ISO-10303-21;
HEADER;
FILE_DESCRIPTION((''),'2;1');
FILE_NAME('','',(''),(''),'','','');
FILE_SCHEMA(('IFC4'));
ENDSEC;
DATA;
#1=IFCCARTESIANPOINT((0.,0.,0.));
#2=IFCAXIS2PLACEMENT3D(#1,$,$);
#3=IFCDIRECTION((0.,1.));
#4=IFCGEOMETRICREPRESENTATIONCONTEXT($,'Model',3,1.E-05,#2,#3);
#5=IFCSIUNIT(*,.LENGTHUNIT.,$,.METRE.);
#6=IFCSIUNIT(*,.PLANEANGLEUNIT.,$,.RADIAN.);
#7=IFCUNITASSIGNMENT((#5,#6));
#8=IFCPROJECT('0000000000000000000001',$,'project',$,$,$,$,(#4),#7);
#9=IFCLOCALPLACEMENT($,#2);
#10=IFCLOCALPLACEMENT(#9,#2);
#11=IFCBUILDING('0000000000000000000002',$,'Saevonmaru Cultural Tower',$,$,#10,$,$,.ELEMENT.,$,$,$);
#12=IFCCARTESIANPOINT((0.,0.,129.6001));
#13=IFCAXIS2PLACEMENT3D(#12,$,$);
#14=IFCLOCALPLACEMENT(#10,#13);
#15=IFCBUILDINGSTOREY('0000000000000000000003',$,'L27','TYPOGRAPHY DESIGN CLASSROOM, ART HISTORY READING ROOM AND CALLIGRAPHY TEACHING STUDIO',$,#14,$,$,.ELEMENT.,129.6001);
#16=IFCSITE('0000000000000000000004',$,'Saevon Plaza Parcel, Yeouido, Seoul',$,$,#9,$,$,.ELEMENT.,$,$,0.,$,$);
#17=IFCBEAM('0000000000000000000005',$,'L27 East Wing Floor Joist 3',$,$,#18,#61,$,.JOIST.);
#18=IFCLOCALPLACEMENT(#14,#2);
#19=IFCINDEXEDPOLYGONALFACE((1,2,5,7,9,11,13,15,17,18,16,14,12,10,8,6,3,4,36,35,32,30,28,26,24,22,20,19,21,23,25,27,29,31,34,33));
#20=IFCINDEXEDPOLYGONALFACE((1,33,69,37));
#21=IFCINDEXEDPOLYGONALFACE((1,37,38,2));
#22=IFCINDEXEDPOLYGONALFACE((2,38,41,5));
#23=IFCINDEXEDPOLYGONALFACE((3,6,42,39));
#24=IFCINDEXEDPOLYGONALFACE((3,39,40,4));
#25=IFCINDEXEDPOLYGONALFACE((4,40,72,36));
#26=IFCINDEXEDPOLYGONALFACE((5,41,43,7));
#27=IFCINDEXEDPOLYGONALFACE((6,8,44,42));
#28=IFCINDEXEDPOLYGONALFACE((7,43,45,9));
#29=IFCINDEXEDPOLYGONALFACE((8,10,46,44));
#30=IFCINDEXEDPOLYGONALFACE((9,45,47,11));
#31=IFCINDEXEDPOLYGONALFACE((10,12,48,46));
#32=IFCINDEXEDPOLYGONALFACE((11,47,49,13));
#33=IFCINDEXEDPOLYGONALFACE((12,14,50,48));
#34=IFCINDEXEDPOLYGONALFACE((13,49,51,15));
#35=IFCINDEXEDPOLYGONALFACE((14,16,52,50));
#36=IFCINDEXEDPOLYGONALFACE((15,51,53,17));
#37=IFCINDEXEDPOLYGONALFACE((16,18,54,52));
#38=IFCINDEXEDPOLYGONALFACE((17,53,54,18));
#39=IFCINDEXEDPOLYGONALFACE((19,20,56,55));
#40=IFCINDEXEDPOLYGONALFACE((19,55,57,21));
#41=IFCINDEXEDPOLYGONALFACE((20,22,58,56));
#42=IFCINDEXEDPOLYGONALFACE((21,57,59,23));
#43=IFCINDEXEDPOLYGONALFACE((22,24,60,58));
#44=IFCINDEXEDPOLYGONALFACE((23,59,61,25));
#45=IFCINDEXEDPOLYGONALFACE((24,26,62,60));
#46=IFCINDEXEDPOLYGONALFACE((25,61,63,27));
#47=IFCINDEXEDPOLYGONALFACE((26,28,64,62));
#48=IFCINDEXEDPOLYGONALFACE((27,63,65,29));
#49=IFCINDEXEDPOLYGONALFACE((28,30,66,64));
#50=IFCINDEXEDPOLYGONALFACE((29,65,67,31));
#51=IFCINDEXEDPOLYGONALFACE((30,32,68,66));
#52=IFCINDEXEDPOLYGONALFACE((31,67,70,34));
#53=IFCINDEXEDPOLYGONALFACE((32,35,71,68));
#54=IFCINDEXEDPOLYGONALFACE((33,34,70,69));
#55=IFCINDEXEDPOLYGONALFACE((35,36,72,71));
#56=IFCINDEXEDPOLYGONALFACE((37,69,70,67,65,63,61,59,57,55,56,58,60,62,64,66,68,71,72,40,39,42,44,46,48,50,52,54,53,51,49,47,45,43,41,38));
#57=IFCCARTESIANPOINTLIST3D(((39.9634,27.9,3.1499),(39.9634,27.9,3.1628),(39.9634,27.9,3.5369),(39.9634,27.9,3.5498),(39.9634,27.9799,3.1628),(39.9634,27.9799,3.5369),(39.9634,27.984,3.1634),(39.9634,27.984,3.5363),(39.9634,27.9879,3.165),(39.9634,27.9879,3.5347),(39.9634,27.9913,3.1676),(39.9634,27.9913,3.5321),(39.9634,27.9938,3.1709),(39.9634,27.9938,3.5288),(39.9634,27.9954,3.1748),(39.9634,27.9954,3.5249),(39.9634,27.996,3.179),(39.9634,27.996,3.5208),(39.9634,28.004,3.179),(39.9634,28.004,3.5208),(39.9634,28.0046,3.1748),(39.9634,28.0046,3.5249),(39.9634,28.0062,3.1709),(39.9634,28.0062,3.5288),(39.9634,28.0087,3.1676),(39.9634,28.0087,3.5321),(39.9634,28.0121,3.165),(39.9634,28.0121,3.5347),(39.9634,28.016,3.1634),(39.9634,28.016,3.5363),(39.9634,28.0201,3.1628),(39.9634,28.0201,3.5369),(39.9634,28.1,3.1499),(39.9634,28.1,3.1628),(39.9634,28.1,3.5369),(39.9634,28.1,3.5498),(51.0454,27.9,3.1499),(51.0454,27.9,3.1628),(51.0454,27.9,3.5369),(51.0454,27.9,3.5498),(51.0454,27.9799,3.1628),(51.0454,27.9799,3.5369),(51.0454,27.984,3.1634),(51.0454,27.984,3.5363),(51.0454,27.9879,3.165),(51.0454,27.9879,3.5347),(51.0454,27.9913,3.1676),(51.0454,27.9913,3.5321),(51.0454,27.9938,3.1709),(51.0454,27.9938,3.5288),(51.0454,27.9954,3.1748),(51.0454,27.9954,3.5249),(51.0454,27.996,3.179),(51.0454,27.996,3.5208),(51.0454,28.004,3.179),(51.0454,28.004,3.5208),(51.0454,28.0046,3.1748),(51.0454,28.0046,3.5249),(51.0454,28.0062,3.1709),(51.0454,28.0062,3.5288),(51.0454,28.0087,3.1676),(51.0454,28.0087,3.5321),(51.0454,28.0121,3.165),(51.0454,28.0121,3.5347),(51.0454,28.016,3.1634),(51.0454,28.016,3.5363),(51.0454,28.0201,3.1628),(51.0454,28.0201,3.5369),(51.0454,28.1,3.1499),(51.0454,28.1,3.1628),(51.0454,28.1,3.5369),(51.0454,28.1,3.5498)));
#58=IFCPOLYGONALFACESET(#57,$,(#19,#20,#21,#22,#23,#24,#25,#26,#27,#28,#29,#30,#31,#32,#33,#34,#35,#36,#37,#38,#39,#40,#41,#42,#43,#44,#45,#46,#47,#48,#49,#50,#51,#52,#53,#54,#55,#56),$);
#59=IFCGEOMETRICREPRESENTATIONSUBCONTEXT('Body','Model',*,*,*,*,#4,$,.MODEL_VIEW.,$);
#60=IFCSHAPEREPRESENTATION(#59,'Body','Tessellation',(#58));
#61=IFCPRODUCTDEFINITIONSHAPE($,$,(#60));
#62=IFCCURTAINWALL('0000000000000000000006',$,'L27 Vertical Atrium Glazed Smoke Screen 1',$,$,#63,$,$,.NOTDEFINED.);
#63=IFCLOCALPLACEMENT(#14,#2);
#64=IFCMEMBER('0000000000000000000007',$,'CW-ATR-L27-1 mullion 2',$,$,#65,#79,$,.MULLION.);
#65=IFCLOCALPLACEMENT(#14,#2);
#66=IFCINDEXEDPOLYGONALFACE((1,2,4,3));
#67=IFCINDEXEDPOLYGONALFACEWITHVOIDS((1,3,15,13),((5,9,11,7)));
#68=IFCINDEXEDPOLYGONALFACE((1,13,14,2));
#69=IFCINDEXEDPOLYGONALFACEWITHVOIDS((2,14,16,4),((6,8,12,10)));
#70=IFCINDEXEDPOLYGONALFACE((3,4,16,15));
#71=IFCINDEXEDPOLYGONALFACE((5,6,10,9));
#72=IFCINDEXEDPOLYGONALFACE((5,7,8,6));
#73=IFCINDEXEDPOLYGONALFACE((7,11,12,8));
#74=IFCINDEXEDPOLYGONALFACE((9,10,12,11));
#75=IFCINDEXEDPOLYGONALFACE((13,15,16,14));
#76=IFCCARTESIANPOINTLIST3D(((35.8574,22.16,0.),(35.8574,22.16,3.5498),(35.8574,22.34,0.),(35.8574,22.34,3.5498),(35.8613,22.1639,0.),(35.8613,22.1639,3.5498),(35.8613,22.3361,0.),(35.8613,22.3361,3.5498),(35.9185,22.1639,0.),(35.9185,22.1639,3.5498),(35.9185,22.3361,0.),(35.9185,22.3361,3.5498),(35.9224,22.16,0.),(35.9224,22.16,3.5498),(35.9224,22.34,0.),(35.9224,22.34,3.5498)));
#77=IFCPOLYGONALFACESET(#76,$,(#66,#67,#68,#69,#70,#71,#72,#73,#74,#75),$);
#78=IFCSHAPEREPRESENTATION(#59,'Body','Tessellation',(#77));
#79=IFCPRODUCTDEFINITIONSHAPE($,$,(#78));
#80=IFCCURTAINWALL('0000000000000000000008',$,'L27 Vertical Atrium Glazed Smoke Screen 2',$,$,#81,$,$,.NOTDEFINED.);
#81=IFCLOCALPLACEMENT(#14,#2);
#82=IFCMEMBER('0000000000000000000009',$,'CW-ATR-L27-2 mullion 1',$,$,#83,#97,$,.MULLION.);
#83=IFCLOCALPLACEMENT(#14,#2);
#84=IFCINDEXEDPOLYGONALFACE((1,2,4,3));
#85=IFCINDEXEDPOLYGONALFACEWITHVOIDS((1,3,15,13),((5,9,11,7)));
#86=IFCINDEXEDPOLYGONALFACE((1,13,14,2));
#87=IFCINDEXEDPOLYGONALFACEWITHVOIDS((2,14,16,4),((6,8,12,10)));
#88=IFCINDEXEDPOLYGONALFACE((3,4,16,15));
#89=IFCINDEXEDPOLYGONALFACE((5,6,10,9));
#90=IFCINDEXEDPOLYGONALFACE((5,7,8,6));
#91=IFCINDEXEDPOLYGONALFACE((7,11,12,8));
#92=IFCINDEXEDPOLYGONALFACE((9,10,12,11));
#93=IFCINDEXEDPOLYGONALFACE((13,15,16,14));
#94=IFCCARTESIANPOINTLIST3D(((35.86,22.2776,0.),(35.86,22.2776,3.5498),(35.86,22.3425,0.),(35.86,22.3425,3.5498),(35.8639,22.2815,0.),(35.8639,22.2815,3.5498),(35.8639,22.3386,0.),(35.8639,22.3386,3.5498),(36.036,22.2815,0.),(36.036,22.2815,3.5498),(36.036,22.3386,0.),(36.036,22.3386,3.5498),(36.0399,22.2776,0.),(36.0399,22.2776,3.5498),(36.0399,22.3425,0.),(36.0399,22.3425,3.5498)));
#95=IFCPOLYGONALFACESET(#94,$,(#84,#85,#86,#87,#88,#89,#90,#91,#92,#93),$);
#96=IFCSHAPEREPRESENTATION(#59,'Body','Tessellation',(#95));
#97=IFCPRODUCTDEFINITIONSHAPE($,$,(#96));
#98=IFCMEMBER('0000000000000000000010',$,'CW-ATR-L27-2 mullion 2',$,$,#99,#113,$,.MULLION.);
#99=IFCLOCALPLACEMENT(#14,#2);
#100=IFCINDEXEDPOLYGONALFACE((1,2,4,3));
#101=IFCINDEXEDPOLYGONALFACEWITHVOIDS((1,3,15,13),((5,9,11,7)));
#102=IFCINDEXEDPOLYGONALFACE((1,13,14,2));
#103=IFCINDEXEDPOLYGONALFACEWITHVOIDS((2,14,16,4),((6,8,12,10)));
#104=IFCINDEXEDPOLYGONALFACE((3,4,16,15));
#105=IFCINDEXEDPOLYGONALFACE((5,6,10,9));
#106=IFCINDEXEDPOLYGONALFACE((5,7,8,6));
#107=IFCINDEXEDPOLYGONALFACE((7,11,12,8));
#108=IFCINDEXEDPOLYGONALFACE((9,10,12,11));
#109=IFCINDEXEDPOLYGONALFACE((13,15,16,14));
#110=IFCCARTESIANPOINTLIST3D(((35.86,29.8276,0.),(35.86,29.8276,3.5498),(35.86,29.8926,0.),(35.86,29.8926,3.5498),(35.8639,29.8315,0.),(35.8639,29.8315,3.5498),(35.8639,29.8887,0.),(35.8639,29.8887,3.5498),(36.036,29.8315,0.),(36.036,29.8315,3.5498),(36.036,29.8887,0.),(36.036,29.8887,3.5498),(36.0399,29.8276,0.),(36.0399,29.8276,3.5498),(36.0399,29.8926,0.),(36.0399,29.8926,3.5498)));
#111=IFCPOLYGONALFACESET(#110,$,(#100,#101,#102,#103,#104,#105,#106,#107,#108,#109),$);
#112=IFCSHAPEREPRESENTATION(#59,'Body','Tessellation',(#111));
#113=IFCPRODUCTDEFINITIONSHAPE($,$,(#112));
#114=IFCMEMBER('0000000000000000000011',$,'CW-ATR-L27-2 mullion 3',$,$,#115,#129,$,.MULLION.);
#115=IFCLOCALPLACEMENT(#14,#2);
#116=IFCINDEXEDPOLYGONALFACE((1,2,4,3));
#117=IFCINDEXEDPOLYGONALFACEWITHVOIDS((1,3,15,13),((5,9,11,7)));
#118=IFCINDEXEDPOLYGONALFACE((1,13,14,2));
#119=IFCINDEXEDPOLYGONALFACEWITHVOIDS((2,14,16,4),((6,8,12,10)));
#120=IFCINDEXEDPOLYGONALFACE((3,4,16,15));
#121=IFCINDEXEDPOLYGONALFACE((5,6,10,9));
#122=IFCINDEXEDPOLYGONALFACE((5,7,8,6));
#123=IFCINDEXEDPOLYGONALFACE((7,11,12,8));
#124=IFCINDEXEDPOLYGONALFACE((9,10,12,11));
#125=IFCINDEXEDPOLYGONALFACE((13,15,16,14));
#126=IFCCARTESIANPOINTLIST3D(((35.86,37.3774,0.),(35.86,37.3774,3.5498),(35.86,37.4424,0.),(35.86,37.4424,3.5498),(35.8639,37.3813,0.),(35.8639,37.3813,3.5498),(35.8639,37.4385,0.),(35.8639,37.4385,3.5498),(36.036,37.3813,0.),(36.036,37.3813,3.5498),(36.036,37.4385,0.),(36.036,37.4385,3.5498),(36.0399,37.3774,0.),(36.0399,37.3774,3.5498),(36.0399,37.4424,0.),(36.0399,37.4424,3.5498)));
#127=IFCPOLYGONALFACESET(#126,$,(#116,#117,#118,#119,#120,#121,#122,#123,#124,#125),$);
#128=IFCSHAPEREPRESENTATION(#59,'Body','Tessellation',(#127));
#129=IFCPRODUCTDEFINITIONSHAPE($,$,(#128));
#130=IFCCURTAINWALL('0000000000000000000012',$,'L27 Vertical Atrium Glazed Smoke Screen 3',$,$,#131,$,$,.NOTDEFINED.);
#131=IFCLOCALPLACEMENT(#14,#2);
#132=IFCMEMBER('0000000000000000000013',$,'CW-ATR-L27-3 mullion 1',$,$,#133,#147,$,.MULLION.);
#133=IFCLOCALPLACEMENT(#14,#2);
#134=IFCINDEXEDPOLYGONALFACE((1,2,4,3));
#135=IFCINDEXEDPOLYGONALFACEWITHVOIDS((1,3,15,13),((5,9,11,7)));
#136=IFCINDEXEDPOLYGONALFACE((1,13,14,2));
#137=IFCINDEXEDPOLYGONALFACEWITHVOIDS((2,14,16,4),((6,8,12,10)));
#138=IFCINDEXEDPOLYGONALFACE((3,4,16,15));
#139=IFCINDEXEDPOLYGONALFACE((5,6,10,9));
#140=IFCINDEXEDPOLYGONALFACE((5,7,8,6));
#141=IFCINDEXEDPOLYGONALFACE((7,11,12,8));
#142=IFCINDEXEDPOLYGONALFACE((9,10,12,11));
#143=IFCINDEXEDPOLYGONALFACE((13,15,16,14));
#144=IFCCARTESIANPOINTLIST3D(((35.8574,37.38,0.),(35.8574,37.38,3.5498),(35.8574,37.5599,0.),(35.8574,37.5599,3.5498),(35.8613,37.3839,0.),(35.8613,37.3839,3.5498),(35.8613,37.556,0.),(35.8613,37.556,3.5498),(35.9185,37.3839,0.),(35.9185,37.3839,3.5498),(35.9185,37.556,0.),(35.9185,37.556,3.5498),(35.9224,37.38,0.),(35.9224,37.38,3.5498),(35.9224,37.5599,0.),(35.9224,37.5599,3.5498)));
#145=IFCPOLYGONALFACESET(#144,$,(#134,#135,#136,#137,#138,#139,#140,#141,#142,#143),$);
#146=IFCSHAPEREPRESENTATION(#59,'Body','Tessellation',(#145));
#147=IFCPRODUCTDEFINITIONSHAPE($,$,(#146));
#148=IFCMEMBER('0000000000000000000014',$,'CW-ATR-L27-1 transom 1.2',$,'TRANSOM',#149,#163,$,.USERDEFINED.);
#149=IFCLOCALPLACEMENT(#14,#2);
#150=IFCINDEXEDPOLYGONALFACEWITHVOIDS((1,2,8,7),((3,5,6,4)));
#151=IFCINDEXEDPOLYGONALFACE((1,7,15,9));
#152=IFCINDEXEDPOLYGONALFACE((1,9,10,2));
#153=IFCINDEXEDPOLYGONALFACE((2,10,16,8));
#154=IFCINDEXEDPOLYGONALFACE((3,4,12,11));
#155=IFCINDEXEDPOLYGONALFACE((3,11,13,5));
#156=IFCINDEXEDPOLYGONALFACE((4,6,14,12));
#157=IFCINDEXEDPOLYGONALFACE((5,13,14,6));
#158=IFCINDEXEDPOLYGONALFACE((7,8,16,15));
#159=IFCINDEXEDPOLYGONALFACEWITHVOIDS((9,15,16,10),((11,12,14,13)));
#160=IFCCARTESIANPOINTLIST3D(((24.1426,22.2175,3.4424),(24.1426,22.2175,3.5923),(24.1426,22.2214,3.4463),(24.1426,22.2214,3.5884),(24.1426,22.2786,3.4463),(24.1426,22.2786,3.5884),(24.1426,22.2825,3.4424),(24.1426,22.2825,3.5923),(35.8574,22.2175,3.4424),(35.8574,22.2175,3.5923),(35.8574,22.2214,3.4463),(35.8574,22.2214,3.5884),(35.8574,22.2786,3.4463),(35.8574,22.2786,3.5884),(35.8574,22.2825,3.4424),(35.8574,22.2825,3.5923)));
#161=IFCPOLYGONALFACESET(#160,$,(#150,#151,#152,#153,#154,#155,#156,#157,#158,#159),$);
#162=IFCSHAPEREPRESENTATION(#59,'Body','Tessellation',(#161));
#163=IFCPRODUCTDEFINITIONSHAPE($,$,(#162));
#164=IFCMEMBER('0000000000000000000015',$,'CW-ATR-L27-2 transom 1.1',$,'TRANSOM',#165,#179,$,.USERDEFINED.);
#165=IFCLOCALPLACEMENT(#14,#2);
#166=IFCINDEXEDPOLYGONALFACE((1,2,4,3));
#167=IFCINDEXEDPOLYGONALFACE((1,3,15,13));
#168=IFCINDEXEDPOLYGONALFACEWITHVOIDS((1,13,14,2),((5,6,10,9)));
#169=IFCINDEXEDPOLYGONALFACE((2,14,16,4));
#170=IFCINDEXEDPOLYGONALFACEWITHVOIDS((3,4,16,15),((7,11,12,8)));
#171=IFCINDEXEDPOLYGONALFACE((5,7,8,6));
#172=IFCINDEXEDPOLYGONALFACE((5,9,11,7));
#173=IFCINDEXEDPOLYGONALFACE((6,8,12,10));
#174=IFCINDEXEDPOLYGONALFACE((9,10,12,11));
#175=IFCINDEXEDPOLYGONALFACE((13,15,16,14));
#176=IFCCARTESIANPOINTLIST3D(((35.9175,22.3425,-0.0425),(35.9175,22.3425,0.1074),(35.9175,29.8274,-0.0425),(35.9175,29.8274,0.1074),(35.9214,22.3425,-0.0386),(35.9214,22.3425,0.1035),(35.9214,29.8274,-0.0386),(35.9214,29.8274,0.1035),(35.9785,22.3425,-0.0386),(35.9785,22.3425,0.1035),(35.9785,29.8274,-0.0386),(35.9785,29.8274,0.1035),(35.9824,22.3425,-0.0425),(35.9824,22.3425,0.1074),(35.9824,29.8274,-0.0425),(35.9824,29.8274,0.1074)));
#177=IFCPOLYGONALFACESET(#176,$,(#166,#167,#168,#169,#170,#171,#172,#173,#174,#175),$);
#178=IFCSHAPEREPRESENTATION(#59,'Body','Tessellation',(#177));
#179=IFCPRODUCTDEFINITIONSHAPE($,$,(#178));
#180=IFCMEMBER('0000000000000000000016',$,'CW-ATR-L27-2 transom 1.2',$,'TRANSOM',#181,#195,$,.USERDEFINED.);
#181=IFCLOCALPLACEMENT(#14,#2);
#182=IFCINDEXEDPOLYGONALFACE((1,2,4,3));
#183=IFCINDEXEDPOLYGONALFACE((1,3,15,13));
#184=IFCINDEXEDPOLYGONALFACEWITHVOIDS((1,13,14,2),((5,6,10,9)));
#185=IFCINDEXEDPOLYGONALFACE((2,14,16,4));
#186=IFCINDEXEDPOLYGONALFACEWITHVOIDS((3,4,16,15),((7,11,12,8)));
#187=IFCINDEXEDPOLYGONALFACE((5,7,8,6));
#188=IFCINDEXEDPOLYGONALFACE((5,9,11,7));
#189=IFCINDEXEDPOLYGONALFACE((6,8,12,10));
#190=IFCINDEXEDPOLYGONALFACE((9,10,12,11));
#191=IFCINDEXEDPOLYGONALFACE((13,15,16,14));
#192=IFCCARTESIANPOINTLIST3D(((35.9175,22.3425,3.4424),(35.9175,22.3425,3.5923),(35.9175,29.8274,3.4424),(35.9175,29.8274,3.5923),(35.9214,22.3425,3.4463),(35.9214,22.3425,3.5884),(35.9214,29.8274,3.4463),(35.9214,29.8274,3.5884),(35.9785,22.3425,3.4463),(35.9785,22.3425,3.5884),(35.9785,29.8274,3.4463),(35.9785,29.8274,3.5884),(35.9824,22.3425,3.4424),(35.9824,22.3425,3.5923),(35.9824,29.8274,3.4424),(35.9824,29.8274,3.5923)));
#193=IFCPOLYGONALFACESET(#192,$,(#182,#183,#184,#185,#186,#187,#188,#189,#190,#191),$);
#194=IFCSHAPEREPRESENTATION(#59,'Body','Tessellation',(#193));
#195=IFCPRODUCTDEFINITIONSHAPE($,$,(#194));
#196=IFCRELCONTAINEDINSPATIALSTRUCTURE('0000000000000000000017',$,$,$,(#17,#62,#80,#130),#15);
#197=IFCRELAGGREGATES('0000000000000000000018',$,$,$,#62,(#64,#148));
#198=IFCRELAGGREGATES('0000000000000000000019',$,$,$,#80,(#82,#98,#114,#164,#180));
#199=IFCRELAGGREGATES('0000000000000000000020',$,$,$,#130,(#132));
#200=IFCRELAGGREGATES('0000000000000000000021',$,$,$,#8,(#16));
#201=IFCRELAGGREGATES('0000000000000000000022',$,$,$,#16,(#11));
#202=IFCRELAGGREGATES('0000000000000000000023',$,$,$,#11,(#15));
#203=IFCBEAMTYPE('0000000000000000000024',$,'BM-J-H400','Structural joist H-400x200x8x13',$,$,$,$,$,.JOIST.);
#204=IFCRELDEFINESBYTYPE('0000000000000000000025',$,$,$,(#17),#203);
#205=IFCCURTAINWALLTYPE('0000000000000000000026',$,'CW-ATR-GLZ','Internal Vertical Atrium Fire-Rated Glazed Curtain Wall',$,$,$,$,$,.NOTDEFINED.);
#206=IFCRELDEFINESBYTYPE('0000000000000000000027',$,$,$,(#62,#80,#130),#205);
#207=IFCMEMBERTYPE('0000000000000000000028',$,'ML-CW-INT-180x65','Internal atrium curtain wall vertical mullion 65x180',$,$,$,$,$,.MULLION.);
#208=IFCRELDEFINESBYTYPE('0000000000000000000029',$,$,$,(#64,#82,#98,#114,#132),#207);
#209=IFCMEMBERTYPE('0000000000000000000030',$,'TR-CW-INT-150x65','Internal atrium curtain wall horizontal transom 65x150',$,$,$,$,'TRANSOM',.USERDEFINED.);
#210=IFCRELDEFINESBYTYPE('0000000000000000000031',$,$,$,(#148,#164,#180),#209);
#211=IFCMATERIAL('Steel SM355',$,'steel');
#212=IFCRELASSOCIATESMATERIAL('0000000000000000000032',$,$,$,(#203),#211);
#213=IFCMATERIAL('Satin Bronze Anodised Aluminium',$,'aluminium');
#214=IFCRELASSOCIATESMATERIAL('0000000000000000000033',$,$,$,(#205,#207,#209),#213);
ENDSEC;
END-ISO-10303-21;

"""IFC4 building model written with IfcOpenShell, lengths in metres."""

from ifc_helpers import new_model, si_unit, direction, frame, origin, origin_2d, place, context, subcontext, project, spatial, hollow_rectangle, i_section, extrude, material, material_profile, profile_set, type_object, element, aggregate, save


model = new_model("IFC4")

# Units and contexts
model_context = context("Model", 3, precision=1e-05, world=origin(), true_north=direction((0.0, 1.0)))
body_context = subcontext(model_context, "Body", "Model", "MODEL_VIEW")
ifc_project = project(units=[si_unit("LENGTHUNIT", "METRE"), si_unit("PLANEANGLEUNIT", "RADIAN")], contexts=[model_context])

# Site, building, storey
site_placement = place(None, origin())
site = spatial("IfcSite", under=ifc_project, at=site_placement, Name="Saevon Plaza Parcel, Yeouido, Seoul", CompositionType="ELEMENT", RefElevation=0.0)
building_placement = place(site_placement, origin())
building = spatial("IfcBuilding", under=site, at=building_placement, Name="Saevonmaru Cultural Tower", CompositionType="ELEMENT")
storey_placement = place(building_placement, frame((0.0, 0.0, 129.6001)))
storey = spatial("IfcBuildingStorey", under=building, at=storey_placement, Name="L27", Description="TYPOGRAPHY DESIGN CLASSROOM, ART HISTORY READING ROOM AND CALLIGRAPHY TEACHING STUDIO", CompositionType="ELEMENT", Elevation=129.6001)

# Shared definitions
ifc_material_1 = material(Name="Steel SM355", Category="steel")

# Beam
ifc_material_profile_1 = material_profile(ifc_material_1, i_section(OverallWidth=0.2, OverallDepth=0.3999, WebThickness=0.0081, FlangeThickness=0.0129, FilletRadius=0.0161, at=origin_2d()), Name="H-400x200x8x13")
ifc_profile_set_1 = profile_set([ifc_material_profile_1], Name="Steel SM355")
beam_type_1 = type_object("IfcBeamType", Name="BM-J-H400", Description="Structural joist H-400x200x8x13", PredefinedType="JOIST", material=ifc_profile_set_1)
beam_1_placement = place(storey_placement, frame((39.9634, 28.0, 3.3499), z_axis=(1.0, 0.0, 0.0), x_axis=(0.0, 1.0, 0.0)))
element("IfcBeam", 1, at=beam_1_placement, inside=storey, type_object=beam_type_1, Name="L27 East Wing Floor Joist 3", PredefinedType="JOIST", context=body_context, shape_type="SweptSolid", body=[
    extrude(i_section(OverallWidth=0.2, OverallDepth=0.3999, WebThickness=0.0081, FlangeThickness=0.0129, FilletRadius=0.0161, at=origin_2d()), origin(), (0.0, 0.0, 1.0), 11.082),
])

# Curtain wall, member
ifc_material_2 = material(Name="Satin Bronze Anodised Aluminium", Category="aluminium")
curtain_wall_type = type_object("IfcCurtainWallType", Name="CW-ATR-GLZ", Description="Internal Vertical Atrium Fire-Rated Glazed Curtain Wall", PredefinedType="NOTDEFINED", material=ifc_material_2)
curtain_wall_1_placement = place(storey_placement, origin())
curtain_wall_1 = element("IfcCurtainWall", 2, at=curtain_wall_1_placement, inside=storey, type_object=curtain_wall_type, Name="L27 Vertical Atrium Glazed Smoke Screen 1", PredefinedType="NOTDEFINED")
ifc_material_profile_2 = material_profile(ifc_material_2, hollow_rectangle(XDim=0.0649, YDim=0.1799, WallThickness=0.0039, at=origin_2d()), Name="ALU-MULL-180x65x4")
ifc_profile_set_2 = profile_set([ifc_material_profile_2], Name="Satin Bronze Anodised Aluminium")
member_type_1 = type_object("IfcMemberType", Name="ML-CW-INT-180x65", Description="Internal atrium curtain wall vertical mullion 65x180", PredefinedType="MULLION", material=ifc_profile_set_2)
member_1_placement = place(storey_placement, frame((35.8899, 22.25, 0.0), z_axis=(0.0, 0.0, 1.0), x_axis=(1.0, 0.0, 0.0)))
member_1 = element("IfcMember", 3, at=member_1_placement, type_object=member_type_1, Name="CW-ATR-L27-1 mullion 2", PredefinedType="MULLION", context=body_context, shape_type="SweptSolid", body=[
    extrude(hollow_rectangle(XDim=0.0649, YDim=0.1799, WallThickness=0.0039, at=origin_2d()), origin(), (0.0, 0.0, 1.0), 3.5498),
])

# Curtain wall, members
curtain_wall_2_placement = place(storey_placement, origin())
curtain_wall_2 = element("IfcCurtainWall", 4, at=curtain_wall_2_placement, inside=storey, type_object=curtain_wall_type, Name="L27 Vertical Atrium Glazed Smoke Screen 2", PredefinedType="NOTDEFINED")
member_2_placement = place(storey_placement, frame((35.95, 22.3101, 0.0), z_axis=(0.0, 0.0, 1.0), x_axis=(0.0, 1.0, 0.0)))
member_2 = element("IfcMember", 5, at=member_2_placement, type_object=member_type_1, Name="CW-ATR-L27-2 mullion 1", PredefinedType="MULLION", context=body_context, shape_type="SweptSolid", body=[
    extrude(hollow_rectangle(XDim=0.0649, YDim=0.1799, WallThickness=0.0039, at=origin_2d()), origin(), (0.0, 0.0, 1.0), 3.5498),
])
member_3_placement = place(storey_placement, frame((35.95, 29.8601, 0.0), z_axis=(0.0, 0.0, 1.0), x_axis=(0.0, 1.0, 0.0)))
member_3 = element("IfcMember", 6, at=member_3_placement, type_object=member_type_1, Name="CW-ATR-L27-2 mullion 2", PredefinedType="MULLION", context=body_context, shape_type="SweptSolid", body=[
    extrude(hollow_rectangle(XDim=0.0649, YDim=0.1799, WallThickness=0.0039, at=origin_2d()), origin(), (0.0, 0.0, 1.0), 3.5498),
])
member_4_placement = place(storey_placement, frame((35.95, 37.4099, 0.0), z_axis=(0.0, 0.0, 1.0), x_axis=(0.0, 1.0, 0.0)))
member_4 = element("IfcMember", 7, at=member_4_placement, type_object=member_type_1, Name="CW-ATR-L27-2 mullion 3", PredefinedType="MULLION", context=body_context, shape_type="SweptSolid", body=[
    extrude(hollow_rectangle(XDim=0.0649, YDim=0.1799, WallThickness=0.0039, at=origin_2d()), origin(), (0.0, 0.0, 1.0), 3.5498),
])

# Curtain wall, member
curtain_wall_3_placement = place(storey_placement, origin())
curtain_wall_3 = element("IfcCurtainWall", 8, at=curtain_wall_3_placement, inside=storey, type_object=curtain_wall_type, Name="L27 Vertical Atrium Glazed Smoke Screen 3", PredefinedType="NOTDEFINED")
member_5_placement = place(storey_placement, frame((35.8899, 37.47, 0.0), z_axis=(0.0, 0.0, 1.0), x_axis=(-1.0, 0.0, 0.0)))
member_5 = element("IfcMember", 9, at=member_5_placement, type_object=member_type_1, Name="CW-ATR-L27-3 mullion 1", PredefinedType="MULLION", context=body_context, shape_type="SweptSolid", body=[
    extrude(hollow_rectangle(XDim=0.0649, YDim=0.1799, WallThickness=0.0039, at=origin_2d()), origin(), (0.0, 0.0, 1.0), 3.5498),
])

# Members
ifc_material_profile_3 = material_profile(ifc_material_2, hollow_rectangle(XDim=0.0649, YDim=0.1499, WallThickness=0.0039, at=origin_2d()), Name="ALU-TRAN-150x65x4")
ifc_profile_set_3 = profile_set([ifc_material_profile_3], Name="Satin Bronze Anodised Aluminium")
member_type_2 = type_object("IfcMemberType", Name="TR-CW-INT-150x65", Description="Internal atrium curtain wall horizontal transom 65x150", ElementType="TRANSOM", PredefinedType="USERDEFINED", material=ifc_profile_set_3)
member_6_placement = place(storey_placement, frame((24.1426, 22.25, 3.5173), z_axis=(1.0, 0.0, 0.0), x_axis=(0.0, 1.0, 0.0)))
member_6 = element("IfcMember", 10, at=member_6_placement, type_object=member_type_2, Name="CW-ATR-L27-1 transom 1.2", ObjectType="TRANSOM", PredefinedType="USERDEFINED", context=body_context, shape_type="SweptSolid", body=[
    extrude(hollow_rectangle(XDim=0.0649, YDim=0.1499, WallThickness=0.0039, at=origin_2d()), origin(), (0.0, 0.0, 1.0), 11.7148),
])
member_7_placement = place(storey_placement, frame((35.95, 22.3425, 0.0325), z_axis=(0.0, 1.0, 0.0), x_axis=(-1.0, 0.0, 0.0)))
member_7 = element("IfcMember", 11, at=member_7_placement, type_object=member_type_2, Name="CW-ATR-L27-2 transom 1.1", ObjectType="TRANSOM", PredefinedType="USERDEFINED", context=body_context, shape_type="SweptSolid", body=[
    extrude(hollow_rectangle(XDim=0.0649, YDim=0.1499, WallThickness=0.0039, at=origin_2d()), origin(), (0.0, 0.0, 1.0), 7.4849),
])
member_8_placement = place(storey_placement, frame((35.95, 22.3425, 3.5173), z_axis=(0.0, 1.0, 0.0), x_axis=(-1.0, 0.0, 0.0)))
member_8 = element("IfcMember", 12, at=member_8_placement, type_object=member_type_2, Name="CW-ATR-L27-2 transom 1.2", ObjectType="TRANSOM", PredefinedType="USERDEFINED", context=body_context, shape_type="SweptSolid", body=[
    extrude(hollow_rectangle(XDim=0.0649, YDim=0.1499, WallThickness=0.0039, at=origin_2d()), origin(), (0.0, 0.0, 1.0), 7.4849),
])

aggregate(curtain_wall_1, [member_1, member_6])
aggregate(curtain_wall_2, [member_2, member_3, member_4, member_7, member_8])
aggregate(curtain_wall_3, [member_5])

save(model, "model.ifc")
